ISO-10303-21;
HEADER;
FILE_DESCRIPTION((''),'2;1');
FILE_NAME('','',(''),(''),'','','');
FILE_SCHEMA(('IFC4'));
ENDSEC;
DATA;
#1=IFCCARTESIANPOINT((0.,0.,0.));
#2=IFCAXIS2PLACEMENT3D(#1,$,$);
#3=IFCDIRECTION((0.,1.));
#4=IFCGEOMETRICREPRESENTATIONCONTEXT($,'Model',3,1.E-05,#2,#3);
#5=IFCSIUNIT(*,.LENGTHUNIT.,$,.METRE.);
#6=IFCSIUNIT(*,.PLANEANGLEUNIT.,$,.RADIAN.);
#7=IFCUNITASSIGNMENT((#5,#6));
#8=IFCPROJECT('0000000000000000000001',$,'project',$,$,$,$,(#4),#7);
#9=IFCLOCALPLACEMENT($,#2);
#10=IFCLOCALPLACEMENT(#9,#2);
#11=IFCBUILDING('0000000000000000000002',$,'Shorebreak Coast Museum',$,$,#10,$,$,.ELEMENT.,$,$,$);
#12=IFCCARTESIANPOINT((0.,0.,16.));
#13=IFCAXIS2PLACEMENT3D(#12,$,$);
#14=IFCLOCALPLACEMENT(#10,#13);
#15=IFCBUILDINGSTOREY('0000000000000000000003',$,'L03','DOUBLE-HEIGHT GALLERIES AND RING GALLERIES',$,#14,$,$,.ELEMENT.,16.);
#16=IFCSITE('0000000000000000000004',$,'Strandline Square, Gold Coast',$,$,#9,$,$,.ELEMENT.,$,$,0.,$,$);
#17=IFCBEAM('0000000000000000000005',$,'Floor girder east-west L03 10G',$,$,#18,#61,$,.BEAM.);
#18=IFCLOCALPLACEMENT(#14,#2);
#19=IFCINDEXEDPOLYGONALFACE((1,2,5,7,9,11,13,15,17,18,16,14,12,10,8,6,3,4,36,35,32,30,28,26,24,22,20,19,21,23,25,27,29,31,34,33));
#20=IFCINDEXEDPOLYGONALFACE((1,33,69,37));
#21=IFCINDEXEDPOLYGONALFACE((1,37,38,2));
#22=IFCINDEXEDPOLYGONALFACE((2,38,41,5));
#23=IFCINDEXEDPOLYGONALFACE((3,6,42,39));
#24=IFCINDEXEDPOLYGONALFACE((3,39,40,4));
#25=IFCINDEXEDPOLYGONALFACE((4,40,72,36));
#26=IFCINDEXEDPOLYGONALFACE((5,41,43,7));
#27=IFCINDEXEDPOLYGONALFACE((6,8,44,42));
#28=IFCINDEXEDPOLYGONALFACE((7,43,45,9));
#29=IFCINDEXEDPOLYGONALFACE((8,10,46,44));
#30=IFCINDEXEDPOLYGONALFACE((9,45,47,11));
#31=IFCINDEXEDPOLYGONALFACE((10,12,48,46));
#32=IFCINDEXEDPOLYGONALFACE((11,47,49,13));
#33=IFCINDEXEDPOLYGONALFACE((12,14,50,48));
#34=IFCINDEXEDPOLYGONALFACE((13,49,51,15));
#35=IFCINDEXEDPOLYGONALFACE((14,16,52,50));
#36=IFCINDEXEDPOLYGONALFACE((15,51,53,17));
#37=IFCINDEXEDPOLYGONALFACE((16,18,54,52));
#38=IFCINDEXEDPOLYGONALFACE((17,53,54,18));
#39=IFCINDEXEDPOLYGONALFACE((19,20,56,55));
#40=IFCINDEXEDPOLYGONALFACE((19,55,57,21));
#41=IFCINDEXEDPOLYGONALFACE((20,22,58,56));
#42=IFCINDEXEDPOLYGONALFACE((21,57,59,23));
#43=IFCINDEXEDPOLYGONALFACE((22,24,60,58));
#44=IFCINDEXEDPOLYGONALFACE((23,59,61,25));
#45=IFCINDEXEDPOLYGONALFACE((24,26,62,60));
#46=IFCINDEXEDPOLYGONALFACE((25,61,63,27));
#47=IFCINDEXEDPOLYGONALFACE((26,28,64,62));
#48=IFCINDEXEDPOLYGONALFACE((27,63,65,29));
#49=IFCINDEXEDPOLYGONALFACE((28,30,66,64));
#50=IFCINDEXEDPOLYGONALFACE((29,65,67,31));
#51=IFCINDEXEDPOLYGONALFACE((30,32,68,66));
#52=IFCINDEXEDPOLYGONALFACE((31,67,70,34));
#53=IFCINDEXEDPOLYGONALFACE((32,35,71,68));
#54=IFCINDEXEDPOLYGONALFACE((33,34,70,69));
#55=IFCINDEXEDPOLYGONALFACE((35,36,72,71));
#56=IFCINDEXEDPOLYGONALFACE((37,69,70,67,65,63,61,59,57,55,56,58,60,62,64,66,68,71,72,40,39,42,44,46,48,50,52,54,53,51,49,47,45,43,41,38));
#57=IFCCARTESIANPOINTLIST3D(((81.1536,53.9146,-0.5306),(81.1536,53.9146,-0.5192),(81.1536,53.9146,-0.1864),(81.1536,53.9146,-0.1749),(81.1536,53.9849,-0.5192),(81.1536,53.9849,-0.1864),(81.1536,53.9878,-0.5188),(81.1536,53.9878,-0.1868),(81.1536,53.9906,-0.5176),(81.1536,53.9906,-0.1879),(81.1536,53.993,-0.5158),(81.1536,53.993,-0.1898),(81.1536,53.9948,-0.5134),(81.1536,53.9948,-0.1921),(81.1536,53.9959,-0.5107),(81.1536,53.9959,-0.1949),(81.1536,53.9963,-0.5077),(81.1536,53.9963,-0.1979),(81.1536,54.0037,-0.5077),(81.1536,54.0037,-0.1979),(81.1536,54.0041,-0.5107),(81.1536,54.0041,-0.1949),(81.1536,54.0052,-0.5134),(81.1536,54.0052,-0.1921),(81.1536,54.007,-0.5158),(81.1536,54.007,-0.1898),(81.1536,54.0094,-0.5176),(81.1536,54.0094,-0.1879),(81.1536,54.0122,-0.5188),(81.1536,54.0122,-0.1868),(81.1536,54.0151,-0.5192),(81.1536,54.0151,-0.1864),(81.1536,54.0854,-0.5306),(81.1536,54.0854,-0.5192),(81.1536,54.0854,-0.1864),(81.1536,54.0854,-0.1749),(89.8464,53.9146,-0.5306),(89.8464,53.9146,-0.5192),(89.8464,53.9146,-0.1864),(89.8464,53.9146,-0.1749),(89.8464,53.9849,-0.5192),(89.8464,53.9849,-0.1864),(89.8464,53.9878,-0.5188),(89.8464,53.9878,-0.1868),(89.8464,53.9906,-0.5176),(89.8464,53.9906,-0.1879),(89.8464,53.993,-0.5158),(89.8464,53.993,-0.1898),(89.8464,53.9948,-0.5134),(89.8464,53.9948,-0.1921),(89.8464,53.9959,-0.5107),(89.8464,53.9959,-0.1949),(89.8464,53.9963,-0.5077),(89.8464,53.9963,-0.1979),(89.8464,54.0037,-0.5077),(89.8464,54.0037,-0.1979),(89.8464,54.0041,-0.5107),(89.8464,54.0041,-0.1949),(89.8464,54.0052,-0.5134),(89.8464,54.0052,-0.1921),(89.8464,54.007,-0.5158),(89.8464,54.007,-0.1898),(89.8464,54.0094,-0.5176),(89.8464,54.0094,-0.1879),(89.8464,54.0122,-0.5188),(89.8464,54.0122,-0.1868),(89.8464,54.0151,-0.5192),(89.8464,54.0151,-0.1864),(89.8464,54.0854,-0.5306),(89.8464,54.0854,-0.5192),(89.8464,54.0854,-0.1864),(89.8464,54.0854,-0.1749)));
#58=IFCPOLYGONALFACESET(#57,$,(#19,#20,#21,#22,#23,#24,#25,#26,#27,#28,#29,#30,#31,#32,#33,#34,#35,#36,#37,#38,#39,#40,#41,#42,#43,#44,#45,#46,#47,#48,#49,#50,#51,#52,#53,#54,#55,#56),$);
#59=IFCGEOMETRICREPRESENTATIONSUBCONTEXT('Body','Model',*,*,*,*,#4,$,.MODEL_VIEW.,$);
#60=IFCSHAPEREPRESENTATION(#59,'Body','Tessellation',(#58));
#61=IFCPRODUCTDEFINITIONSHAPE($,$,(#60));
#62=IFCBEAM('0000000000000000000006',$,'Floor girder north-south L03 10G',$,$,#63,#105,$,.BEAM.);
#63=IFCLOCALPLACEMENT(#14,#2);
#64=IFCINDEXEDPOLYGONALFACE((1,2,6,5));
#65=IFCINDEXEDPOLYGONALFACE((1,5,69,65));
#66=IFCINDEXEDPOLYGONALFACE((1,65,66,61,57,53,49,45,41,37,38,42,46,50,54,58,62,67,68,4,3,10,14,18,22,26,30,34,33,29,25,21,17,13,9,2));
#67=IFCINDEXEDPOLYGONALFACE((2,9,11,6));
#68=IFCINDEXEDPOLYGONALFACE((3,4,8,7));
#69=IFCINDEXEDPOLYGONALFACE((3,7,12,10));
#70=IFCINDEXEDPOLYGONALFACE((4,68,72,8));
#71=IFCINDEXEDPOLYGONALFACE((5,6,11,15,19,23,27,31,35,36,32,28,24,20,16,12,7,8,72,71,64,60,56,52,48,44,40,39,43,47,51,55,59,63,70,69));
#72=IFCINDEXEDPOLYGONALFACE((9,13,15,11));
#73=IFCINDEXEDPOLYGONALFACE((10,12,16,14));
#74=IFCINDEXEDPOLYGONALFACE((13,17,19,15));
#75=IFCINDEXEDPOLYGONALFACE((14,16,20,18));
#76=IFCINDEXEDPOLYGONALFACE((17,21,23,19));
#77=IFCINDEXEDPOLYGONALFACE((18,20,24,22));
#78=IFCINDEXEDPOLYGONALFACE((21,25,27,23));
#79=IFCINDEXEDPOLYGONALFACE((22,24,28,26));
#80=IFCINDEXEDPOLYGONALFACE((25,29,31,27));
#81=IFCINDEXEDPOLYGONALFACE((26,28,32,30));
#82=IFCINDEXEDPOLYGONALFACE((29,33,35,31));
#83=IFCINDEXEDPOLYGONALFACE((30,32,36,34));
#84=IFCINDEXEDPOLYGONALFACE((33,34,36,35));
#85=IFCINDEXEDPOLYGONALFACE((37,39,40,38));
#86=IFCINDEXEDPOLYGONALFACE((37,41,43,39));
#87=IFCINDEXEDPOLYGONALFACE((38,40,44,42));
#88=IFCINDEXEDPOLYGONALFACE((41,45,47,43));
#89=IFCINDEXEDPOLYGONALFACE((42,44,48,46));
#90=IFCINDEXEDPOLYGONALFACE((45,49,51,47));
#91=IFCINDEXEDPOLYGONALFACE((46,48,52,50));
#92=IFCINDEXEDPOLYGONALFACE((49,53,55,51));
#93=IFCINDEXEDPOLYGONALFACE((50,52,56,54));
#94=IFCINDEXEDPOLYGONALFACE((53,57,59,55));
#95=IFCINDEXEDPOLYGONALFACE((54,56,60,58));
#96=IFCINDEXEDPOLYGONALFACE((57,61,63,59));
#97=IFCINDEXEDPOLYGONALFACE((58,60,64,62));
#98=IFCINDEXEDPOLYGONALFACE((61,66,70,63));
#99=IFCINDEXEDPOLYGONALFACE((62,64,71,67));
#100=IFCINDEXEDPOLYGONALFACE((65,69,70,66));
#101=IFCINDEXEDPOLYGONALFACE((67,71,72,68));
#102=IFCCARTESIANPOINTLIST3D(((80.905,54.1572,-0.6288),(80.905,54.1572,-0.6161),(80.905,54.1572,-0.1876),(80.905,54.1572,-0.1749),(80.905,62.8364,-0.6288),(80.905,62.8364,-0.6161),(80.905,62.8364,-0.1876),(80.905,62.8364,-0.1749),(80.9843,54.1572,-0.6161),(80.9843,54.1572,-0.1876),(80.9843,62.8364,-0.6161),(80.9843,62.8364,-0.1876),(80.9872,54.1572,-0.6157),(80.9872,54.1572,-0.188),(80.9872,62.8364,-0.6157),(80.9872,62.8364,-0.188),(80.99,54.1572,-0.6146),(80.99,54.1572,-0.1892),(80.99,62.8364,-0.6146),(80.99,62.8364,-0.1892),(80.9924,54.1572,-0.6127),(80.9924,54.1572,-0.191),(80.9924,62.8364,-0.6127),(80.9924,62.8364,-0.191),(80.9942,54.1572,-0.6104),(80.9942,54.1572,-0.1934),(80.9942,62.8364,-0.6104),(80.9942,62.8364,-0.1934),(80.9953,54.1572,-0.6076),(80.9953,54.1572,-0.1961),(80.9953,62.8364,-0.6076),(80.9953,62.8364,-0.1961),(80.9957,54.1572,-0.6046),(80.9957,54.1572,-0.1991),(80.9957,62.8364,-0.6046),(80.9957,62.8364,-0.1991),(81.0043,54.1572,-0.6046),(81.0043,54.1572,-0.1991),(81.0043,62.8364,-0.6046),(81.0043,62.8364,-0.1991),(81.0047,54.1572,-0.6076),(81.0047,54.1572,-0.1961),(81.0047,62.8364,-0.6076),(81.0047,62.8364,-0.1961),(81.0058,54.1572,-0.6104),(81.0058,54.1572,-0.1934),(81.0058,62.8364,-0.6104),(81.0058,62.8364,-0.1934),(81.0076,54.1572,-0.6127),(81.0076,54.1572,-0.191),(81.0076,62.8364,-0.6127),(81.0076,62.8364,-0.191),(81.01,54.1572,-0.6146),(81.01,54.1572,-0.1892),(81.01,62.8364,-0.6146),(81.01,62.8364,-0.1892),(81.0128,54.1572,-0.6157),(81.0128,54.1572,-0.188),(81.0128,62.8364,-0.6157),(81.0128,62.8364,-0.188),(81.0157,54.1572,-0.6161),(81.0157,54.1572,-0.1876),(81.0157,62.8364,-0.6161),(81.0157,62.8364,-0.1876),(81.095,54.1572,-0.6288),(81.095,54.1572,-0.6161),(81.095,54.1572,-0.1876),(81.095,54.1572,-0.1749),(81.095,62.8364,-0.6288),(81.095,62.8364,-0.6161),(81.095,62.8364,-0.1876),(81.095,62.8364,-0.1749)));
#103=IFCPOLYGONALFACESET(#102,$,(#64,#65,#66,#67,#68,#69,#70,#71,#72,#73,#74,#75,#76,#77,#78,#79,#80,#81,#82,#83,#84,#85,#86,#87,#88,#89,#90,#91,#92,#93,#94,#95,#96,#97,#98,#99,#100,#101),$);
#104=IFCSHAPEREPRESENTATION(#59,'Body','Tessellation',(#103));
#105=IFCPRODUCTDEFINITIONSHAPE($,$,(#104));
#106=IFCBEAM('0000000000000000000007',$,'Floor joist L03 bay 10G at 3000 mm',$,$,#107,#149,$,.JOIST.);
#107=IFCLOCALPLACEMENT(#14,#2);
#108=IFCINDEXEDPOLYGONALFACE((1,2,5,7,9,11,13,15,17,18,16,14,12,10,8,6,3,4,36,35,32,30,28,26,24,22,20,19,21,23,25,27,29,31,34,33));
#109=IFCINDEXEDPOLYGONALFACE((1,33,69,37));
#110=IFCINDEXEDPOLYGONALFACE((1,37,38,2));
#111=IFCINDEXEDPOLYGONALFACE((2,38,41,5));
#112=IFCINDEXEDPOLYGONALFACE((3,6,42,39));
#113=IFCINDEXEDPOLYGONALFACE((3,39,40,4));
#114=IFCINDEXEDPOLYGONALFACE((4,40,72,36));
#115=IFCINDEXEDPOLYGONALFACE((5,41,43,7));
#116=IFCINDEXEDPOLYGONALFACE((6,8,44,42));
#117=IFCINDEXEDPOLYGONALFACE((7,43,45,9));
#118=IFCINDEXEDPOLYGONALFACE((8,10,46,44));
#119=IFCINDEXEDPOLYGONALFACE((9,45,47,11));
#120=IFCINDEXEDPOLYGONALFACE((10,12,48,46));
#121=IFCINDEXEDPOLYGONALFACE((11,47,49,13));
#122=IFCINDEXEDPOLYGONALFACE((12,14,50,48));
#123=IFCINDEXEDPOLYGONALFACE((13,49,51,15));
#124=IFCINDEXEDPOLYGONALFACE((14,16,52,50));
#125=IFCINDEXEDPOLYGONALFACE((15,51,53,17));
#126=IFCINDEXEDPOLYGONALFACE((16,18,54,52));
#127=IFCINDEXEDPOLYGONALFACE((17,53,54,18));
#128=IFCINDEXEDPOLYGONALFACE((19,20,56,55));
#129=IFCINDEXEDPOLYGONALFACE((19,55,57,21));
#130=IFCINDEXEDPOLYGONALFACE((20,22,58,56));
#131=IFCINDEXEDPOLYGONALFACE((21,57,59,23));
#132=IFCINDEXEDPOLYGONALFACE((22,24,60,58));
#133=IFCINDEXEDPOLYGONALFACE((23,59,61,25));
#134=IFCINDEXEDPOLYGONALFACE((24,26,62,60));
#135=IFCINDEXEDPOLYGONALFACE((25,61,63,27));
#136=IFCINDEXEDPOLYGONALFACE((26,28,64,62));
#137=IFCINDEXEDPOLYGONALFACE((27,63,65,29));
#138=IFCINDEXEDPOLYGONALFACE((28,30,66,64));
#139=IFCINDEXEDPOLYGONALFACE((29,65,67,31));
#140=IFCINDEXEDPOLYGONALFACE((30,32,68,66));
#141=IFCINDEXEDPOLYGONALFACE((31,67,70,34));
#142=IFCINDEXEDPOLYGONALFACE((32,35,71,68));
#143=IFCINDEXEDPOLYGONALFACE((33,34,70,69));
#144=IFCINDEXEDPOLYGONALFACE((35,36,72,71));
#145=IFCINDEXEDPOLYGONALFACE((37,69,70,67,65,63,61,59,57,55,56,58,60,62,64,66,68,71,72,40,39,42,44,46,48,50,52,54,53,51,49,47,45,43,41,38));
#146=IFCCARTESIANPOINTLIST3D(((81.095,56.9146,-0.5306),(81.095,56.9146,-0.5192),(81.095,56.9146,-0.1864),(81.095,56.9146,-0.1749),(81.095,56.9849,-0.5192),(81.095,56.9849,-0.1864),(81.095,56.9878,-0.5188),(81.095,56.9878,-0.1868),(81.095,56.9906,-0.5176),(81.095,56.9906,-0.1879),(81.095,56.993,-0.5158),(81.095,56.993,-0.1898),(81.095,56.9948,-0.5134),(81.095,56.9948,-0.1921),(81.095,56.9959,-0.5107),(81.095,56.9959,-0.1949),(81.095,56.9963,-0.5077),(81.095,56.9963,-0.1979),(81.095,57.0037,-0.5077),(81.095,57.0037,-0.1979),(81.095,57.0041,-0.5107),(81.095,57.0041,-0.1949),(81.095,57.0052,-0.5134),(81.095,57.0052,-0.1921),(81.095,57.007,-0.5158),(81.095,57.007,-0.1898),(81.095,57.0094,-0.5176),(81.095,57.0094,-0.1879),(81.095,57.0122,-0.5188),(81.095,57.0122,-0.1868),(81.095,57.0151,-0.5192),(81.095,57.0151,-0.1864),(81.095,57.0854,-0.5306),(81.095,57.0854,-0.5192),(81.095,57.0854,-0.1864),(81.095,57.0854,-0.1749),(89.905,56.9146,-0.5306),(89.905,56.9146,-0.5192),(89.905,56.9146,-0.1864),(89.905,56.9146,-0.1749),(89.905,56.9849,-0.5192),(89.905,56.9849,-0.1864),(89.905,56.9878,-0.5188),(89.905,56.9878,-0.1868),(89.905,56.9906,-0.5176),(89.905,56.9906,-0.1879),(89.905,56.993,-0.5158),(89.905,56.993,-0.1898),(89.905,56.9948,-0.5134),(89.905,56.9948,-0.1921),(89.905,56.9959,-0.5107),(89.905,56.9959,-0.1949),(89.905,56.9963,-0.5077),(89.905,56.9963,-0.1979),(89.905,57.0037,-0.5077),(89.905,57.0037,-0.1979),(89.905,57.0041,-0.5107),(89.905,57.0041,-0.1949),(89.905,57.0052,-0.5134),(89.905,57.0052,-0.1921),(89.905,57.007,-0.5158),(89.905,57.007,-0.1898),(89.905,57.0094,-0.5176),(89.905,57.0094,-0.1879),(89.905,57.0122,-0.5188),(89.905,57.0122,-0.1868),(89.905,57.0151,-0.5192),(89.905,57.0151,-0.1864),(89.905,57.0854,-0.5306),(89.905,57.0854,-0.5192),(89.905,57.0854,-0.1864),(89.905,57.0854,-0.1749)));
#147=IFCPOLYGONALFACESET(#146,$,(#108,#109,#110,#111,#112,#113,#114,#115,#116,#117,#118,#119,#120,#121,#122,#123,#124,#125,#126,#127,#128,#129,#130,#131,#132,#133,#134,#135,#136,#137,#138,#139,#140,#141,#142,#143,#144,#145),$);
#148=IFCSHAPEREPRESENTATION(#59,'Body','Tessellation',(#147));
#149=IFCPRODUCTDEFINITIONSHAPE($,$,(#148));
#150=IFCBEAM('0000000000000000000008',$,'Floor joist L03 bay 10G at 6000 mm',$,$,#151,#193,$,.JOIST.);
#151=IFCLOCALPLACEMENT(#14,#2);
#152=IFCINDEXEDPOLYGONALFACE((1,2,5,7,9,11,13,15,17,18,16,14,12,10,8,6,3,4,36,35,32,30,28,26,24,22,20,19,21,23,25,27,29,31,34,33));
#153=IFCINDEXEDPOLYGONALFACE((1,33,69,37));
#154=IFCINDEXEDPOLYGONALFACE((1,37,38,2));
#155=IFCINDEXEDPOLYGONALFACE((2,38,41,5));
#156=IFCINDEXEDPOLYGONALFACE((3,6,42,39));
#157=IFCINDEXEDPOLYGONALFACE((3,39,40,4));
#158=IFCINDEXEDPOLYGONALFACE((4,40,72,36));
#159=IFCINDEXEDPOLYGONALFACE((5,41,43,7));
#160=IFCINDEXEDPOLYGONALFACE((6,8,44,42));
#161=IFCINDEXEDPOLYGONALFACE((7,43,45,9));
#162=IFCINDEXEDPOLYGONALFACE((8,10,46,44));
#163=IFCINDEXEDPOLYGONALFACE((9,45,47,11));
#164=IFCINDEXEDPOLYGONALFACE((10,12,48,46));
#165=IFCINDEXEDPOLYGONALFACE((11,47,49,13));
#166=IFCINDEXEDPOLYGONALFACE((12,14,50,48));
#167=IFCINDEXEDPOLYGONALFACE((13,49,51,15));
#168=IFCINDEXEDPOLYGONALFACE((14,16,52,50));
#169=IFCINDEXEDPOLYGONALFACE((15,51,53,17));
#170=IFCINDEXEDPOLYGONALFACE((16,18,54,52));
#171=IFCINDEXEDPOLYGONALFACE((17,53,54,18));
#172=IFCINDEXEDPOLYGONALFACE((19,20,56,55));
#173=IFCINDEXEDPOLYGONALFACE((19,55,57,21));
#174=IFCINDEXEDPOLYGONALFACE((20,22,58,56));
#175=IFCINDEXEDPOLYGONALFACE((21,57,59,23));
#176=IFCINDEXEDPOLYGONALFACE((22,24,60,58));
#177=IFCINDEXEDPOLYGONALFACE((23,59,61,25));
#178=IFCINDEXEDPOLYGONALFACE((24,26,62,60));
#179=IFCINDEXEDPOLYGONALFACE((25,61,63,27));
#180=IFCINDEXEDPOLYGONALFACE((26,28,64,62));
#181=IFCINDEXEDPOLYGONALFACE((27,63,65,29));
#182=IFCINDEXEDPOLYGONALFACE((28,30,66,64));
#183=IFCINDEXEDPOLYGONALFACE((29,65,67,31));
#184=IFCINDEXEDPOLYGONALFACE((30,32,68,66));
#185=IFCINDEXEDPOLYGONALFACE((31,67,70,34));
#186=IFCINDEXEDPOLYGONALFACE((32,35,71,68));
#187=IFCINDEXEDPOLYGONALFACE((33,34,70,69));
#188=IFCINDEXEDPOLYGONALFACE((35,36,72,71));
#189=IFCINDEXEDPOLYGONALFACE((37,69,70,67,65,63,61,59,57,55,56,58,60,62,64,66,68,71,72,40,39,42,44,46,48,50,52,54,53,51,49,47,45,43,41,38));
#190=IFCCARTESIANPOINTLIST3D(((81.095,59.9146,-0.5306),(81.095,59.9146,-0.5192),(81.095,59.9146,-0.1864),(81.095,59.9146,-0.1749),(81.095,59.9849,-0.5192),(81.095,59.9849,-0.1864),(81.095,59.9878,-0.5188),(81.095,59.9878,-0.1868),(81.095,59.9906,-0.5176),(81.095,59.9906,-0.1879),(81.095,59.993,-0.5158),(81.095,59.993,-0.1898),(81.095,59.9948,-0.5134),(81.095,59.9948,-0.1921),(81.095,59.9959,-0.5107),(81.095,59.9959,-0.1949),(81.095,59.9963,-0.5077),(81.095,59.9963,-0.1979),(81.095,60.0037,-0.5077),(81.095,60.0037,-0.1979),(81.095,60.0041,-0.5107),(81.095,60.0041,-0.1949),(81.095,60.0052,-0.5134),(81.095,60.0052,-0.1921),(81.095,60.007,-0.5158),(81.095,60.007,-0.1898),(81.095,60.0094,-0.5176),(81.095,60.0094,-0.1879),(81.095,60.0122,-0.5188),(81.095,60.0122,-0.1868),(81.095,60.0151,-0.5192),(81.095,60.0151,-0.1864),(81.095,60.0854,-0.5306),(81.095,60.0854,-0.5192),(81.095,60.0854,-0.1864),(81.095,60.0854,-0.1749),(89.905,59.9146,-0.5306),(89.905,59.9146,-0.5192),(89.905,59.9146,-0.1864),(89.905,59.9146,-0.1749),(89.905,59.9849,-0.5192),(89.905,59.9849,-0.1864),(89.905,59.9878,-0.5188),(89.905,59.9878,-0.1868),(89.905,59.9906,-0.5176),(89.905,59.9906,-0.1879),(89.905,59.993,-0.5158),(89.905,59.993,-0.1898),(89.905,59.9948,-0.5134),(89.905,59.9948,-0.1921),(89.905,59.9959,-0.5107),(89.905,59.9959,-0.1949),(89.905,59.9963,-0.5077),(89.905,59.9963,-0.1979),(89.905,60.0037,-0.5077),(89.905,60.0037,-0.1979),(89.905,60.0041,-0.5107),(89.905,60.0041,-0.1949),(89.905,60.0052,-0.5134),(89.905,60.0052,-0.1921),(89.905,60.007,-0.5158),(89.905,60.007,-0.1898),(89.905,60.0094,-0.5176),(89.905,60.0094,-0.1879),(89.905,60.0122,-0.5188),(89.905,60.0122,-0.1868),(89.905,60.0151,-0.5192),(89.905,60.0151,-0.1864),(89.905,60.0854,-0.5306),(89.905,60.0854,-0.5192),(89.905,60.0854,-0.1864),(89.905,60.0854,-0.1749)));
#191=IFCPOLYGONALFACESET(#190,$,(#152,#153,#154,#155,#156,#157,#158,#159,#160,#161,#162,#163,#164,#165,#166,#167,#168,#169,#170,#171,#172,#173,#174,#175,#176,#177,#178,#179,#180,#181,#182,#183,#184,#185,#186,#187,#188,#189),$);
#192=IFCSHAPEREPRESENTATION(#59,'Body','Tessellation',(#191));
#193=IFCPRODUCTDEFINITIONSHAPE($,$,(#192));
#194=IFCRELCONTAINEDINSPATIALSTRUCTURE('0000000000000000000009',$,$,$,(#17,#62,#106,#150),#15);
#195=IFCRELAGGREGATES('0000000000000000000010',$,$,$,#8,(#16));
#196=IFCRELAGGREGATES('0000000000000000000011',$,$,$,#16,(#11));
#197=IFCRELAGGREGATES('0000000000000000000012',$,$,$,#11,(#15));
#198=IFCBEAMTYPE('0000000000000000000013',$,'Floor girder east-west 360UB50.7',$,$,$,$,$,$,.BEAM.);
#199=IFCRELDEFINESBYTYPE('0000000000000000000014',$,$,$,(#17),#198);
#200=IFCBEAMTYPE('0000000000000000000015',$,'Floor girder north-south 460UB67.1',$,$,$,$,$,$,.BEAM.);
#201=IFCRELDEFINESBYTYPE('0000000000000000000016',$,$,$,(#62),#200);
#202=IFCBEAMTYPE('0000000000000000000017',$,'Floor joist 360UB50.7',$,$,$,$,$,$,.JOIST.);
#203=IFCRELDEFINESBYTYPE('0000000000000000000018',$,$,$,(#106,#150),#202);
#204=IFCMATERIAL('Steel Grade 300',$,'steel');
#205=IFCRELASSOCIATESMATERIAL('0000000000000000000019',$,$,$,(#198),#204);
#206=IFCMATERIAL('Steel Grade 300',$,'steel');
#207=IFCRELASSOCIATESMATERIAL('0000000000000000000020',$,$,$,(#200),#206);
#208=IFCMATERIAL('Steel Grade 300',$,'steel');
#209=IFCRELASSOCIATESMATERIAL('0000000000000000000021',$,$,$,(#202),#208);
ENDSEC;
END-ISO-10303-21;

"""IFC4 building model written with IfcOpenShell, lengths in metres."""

from ifc_helpers import new_model, si_unit, direction, frame, origin, origin_2d, place, context, subcontext, project, spatial, i_section, extrude, material, material_profile, profile_set, type_object, element, save


model = new_model("IFC4")

# Units and contexts
model_context = context("Model", 3, precision=1e-05, world=origin(), true_north=direction((0.0, 1.0)))
body_context = subcontext(model_context, "Body", "Model", "MODEL_VIEW")
ifc_project = project(units=[si_unit("LENGTHUNIT", "METRE"), si_unit("PLANEANGLEUNIT", "RADIAN")], contexts=[model_context])

# Site, building, storey
site_placement = place(None, origin())
site = spatial("IfcSite", under=ifc_project, at=site_placement, Name="Strandline Square, Gold Coast", CompositionType="ELEMENT", RefElevation=0.0)
building_placement = place(site_placement, origin())
building = spatial("IfcBuilding", under=site, at=building_placement, Name="Shorebreak Coast Museum", CompositionType="ELEMENT")
storey_placement = place(building_placement, frame((0.0, 0.0, 16.0)))
storey = spatial("IfcBuildingStorey", under=building, at=storey_placement, Name="L03", Description="DOUBLE-HEIGHT GALLERIES AND RING GALLERIES", CompositionType="ELEMENT", Elevation=16.0)

# Beams
ifc_material_1 = material(Name="Steel Grade 300", Category="steel")
ifc_material_profile_1 = material_profile(ifc_material_1, i_section(OverallWidth=0.1709, OverallDepth=0.3557, WebThickness=0.0073, FlangeThickness=0.0115, FilletRadius=0.0115, at=origin_2d()), Name="360UB50.7")
ifc_profile_set_1 = profile_set([ifc_material_profile_1], Name="Steel Grade 300")
beam_type_1 = type_object("IfcBeamType", Name="Floor girder east-west 360UB50.7", PredefinedType="BEAM", material=ifc_profile_set_1)
beam_1_placement = place(storey_placement, frame((81.1536, 54.0, -0.3528), z_axis=(1.0, 0.0, 0.0), x_axis=(0.0, 1.0, 0.0)))
element("IfcBeam", 1, at=beam_1_placement, inside=storey, type_object=beam_type_1, Name="Floor girder east-west L03 10G", PredefinedType="BEAM", context=body_context, shape_type="SweptSolid", body=[
    extrude(i_section(OverallWidth=0.1709, OverallDepth=0.3557, WebThickness=0.0073, FlangeThickness=0.0115, FilletRadius=0.0115, at=origin_2d()), origin(), (0.0, 0.0, 1.0), 8.6929),
])
ifc_material_2 = material(Name="Steel Grade 300", Category="steel")
ifc_material_profile_2 = material_profile(ifc_material_2, i_section(OverallWidth=0.1899, OverallDepth=0.4539, WebThickness=0.0085, FlangeThickness=0.0127, FilletRadius=0.0115, at=origin_2d()), Name="460UB67.1")
ifc_profile_set_2 = profile_set([ifc_material_profile_2], Name="Steel Grade 300")
beam_type_2 = type_object("IfcBeamType", Name="Floor girder north-south 460UB67.1", PredefinedType="BEAM", material=ifc_profile_set_2)
beam_2_placement = place(storey_placement, frame((81.0, 54.1572, -0.4019), z_axis=(0.0, 1.0, 0.0), x_axis=(-1.0, 0.0, 0.0)))
element("IfcBeam", 2, at=beam_2_placement, inside=storey, type_object=beam_type_2, Name="Floor girder north-south L03 10G", PredefinedType="BEAM", context=body_context, shape_type="SweptSolid", body=[
    extrude(i_section(OverallWidth=0.1899, OverallDepth=0.4539, WebThickness=0.0085, FlangeThickness=0.0127, FilletRadius=0.0115, at=origin_2d()), origin(), (0.0, 0.0, 1.0), 8.6792),
])
ifc_material_3 = material(Name="Steel Grade 300", Category="steel")
ifc_material_profile_3 = material_profile(ifc_material_3, i_section(OverallWidth=0.1709, OverallDepth=0.3557, WebThickness=0.0073, FlangeThickness=0.0115, FilletRadius=0.0115, at=origin_2d()), Name="360UB50.7")
ifc_profile_set_3 = profile_set([ifc_material_profile_3], Name="Steel Grade 300")
beam_type_3 = type_object("IfcBeamType", Name="Floor joist 360UB50.7", PredefinedType="JOIST", material=ifc_profile_set_3)
for number, where, z_axis, x_axis, name in (
    (3, (81.095, 57.0, -0.3528), (1.0, 0.0, 0.0), (0.0, 1.0, 0.0), "Floor joist L03 bay 10G at 3000 mm"),
    (4, (81.095, 60.0, -0.3528), (1.0, 0.0, 0.0), (0.0, 1.0, 0.0), "Floor joist L03 bay 10G at 6000 mm"),
):
    element("IfcBeam", number, at=place(storey_placement, frame(where, z_axis=z_axis, x_axis=x_axis)), inside=storey, type_object=beam_type_3, Name=name, PredefinedType="JOIST", context=body_context, shape_type="SweptSolid", body=[
        extrude(i_section(OverallWidth=0.1709, OverallDepth=0.3557, WebThickness=0.0073, FlangeThickness=0.0115, FilletRadius=0.0115, at=origin_2d()), origin(), (0.0, 0.0, 1.0), 8.8101),
    ])

save(model, "model.ifc")
